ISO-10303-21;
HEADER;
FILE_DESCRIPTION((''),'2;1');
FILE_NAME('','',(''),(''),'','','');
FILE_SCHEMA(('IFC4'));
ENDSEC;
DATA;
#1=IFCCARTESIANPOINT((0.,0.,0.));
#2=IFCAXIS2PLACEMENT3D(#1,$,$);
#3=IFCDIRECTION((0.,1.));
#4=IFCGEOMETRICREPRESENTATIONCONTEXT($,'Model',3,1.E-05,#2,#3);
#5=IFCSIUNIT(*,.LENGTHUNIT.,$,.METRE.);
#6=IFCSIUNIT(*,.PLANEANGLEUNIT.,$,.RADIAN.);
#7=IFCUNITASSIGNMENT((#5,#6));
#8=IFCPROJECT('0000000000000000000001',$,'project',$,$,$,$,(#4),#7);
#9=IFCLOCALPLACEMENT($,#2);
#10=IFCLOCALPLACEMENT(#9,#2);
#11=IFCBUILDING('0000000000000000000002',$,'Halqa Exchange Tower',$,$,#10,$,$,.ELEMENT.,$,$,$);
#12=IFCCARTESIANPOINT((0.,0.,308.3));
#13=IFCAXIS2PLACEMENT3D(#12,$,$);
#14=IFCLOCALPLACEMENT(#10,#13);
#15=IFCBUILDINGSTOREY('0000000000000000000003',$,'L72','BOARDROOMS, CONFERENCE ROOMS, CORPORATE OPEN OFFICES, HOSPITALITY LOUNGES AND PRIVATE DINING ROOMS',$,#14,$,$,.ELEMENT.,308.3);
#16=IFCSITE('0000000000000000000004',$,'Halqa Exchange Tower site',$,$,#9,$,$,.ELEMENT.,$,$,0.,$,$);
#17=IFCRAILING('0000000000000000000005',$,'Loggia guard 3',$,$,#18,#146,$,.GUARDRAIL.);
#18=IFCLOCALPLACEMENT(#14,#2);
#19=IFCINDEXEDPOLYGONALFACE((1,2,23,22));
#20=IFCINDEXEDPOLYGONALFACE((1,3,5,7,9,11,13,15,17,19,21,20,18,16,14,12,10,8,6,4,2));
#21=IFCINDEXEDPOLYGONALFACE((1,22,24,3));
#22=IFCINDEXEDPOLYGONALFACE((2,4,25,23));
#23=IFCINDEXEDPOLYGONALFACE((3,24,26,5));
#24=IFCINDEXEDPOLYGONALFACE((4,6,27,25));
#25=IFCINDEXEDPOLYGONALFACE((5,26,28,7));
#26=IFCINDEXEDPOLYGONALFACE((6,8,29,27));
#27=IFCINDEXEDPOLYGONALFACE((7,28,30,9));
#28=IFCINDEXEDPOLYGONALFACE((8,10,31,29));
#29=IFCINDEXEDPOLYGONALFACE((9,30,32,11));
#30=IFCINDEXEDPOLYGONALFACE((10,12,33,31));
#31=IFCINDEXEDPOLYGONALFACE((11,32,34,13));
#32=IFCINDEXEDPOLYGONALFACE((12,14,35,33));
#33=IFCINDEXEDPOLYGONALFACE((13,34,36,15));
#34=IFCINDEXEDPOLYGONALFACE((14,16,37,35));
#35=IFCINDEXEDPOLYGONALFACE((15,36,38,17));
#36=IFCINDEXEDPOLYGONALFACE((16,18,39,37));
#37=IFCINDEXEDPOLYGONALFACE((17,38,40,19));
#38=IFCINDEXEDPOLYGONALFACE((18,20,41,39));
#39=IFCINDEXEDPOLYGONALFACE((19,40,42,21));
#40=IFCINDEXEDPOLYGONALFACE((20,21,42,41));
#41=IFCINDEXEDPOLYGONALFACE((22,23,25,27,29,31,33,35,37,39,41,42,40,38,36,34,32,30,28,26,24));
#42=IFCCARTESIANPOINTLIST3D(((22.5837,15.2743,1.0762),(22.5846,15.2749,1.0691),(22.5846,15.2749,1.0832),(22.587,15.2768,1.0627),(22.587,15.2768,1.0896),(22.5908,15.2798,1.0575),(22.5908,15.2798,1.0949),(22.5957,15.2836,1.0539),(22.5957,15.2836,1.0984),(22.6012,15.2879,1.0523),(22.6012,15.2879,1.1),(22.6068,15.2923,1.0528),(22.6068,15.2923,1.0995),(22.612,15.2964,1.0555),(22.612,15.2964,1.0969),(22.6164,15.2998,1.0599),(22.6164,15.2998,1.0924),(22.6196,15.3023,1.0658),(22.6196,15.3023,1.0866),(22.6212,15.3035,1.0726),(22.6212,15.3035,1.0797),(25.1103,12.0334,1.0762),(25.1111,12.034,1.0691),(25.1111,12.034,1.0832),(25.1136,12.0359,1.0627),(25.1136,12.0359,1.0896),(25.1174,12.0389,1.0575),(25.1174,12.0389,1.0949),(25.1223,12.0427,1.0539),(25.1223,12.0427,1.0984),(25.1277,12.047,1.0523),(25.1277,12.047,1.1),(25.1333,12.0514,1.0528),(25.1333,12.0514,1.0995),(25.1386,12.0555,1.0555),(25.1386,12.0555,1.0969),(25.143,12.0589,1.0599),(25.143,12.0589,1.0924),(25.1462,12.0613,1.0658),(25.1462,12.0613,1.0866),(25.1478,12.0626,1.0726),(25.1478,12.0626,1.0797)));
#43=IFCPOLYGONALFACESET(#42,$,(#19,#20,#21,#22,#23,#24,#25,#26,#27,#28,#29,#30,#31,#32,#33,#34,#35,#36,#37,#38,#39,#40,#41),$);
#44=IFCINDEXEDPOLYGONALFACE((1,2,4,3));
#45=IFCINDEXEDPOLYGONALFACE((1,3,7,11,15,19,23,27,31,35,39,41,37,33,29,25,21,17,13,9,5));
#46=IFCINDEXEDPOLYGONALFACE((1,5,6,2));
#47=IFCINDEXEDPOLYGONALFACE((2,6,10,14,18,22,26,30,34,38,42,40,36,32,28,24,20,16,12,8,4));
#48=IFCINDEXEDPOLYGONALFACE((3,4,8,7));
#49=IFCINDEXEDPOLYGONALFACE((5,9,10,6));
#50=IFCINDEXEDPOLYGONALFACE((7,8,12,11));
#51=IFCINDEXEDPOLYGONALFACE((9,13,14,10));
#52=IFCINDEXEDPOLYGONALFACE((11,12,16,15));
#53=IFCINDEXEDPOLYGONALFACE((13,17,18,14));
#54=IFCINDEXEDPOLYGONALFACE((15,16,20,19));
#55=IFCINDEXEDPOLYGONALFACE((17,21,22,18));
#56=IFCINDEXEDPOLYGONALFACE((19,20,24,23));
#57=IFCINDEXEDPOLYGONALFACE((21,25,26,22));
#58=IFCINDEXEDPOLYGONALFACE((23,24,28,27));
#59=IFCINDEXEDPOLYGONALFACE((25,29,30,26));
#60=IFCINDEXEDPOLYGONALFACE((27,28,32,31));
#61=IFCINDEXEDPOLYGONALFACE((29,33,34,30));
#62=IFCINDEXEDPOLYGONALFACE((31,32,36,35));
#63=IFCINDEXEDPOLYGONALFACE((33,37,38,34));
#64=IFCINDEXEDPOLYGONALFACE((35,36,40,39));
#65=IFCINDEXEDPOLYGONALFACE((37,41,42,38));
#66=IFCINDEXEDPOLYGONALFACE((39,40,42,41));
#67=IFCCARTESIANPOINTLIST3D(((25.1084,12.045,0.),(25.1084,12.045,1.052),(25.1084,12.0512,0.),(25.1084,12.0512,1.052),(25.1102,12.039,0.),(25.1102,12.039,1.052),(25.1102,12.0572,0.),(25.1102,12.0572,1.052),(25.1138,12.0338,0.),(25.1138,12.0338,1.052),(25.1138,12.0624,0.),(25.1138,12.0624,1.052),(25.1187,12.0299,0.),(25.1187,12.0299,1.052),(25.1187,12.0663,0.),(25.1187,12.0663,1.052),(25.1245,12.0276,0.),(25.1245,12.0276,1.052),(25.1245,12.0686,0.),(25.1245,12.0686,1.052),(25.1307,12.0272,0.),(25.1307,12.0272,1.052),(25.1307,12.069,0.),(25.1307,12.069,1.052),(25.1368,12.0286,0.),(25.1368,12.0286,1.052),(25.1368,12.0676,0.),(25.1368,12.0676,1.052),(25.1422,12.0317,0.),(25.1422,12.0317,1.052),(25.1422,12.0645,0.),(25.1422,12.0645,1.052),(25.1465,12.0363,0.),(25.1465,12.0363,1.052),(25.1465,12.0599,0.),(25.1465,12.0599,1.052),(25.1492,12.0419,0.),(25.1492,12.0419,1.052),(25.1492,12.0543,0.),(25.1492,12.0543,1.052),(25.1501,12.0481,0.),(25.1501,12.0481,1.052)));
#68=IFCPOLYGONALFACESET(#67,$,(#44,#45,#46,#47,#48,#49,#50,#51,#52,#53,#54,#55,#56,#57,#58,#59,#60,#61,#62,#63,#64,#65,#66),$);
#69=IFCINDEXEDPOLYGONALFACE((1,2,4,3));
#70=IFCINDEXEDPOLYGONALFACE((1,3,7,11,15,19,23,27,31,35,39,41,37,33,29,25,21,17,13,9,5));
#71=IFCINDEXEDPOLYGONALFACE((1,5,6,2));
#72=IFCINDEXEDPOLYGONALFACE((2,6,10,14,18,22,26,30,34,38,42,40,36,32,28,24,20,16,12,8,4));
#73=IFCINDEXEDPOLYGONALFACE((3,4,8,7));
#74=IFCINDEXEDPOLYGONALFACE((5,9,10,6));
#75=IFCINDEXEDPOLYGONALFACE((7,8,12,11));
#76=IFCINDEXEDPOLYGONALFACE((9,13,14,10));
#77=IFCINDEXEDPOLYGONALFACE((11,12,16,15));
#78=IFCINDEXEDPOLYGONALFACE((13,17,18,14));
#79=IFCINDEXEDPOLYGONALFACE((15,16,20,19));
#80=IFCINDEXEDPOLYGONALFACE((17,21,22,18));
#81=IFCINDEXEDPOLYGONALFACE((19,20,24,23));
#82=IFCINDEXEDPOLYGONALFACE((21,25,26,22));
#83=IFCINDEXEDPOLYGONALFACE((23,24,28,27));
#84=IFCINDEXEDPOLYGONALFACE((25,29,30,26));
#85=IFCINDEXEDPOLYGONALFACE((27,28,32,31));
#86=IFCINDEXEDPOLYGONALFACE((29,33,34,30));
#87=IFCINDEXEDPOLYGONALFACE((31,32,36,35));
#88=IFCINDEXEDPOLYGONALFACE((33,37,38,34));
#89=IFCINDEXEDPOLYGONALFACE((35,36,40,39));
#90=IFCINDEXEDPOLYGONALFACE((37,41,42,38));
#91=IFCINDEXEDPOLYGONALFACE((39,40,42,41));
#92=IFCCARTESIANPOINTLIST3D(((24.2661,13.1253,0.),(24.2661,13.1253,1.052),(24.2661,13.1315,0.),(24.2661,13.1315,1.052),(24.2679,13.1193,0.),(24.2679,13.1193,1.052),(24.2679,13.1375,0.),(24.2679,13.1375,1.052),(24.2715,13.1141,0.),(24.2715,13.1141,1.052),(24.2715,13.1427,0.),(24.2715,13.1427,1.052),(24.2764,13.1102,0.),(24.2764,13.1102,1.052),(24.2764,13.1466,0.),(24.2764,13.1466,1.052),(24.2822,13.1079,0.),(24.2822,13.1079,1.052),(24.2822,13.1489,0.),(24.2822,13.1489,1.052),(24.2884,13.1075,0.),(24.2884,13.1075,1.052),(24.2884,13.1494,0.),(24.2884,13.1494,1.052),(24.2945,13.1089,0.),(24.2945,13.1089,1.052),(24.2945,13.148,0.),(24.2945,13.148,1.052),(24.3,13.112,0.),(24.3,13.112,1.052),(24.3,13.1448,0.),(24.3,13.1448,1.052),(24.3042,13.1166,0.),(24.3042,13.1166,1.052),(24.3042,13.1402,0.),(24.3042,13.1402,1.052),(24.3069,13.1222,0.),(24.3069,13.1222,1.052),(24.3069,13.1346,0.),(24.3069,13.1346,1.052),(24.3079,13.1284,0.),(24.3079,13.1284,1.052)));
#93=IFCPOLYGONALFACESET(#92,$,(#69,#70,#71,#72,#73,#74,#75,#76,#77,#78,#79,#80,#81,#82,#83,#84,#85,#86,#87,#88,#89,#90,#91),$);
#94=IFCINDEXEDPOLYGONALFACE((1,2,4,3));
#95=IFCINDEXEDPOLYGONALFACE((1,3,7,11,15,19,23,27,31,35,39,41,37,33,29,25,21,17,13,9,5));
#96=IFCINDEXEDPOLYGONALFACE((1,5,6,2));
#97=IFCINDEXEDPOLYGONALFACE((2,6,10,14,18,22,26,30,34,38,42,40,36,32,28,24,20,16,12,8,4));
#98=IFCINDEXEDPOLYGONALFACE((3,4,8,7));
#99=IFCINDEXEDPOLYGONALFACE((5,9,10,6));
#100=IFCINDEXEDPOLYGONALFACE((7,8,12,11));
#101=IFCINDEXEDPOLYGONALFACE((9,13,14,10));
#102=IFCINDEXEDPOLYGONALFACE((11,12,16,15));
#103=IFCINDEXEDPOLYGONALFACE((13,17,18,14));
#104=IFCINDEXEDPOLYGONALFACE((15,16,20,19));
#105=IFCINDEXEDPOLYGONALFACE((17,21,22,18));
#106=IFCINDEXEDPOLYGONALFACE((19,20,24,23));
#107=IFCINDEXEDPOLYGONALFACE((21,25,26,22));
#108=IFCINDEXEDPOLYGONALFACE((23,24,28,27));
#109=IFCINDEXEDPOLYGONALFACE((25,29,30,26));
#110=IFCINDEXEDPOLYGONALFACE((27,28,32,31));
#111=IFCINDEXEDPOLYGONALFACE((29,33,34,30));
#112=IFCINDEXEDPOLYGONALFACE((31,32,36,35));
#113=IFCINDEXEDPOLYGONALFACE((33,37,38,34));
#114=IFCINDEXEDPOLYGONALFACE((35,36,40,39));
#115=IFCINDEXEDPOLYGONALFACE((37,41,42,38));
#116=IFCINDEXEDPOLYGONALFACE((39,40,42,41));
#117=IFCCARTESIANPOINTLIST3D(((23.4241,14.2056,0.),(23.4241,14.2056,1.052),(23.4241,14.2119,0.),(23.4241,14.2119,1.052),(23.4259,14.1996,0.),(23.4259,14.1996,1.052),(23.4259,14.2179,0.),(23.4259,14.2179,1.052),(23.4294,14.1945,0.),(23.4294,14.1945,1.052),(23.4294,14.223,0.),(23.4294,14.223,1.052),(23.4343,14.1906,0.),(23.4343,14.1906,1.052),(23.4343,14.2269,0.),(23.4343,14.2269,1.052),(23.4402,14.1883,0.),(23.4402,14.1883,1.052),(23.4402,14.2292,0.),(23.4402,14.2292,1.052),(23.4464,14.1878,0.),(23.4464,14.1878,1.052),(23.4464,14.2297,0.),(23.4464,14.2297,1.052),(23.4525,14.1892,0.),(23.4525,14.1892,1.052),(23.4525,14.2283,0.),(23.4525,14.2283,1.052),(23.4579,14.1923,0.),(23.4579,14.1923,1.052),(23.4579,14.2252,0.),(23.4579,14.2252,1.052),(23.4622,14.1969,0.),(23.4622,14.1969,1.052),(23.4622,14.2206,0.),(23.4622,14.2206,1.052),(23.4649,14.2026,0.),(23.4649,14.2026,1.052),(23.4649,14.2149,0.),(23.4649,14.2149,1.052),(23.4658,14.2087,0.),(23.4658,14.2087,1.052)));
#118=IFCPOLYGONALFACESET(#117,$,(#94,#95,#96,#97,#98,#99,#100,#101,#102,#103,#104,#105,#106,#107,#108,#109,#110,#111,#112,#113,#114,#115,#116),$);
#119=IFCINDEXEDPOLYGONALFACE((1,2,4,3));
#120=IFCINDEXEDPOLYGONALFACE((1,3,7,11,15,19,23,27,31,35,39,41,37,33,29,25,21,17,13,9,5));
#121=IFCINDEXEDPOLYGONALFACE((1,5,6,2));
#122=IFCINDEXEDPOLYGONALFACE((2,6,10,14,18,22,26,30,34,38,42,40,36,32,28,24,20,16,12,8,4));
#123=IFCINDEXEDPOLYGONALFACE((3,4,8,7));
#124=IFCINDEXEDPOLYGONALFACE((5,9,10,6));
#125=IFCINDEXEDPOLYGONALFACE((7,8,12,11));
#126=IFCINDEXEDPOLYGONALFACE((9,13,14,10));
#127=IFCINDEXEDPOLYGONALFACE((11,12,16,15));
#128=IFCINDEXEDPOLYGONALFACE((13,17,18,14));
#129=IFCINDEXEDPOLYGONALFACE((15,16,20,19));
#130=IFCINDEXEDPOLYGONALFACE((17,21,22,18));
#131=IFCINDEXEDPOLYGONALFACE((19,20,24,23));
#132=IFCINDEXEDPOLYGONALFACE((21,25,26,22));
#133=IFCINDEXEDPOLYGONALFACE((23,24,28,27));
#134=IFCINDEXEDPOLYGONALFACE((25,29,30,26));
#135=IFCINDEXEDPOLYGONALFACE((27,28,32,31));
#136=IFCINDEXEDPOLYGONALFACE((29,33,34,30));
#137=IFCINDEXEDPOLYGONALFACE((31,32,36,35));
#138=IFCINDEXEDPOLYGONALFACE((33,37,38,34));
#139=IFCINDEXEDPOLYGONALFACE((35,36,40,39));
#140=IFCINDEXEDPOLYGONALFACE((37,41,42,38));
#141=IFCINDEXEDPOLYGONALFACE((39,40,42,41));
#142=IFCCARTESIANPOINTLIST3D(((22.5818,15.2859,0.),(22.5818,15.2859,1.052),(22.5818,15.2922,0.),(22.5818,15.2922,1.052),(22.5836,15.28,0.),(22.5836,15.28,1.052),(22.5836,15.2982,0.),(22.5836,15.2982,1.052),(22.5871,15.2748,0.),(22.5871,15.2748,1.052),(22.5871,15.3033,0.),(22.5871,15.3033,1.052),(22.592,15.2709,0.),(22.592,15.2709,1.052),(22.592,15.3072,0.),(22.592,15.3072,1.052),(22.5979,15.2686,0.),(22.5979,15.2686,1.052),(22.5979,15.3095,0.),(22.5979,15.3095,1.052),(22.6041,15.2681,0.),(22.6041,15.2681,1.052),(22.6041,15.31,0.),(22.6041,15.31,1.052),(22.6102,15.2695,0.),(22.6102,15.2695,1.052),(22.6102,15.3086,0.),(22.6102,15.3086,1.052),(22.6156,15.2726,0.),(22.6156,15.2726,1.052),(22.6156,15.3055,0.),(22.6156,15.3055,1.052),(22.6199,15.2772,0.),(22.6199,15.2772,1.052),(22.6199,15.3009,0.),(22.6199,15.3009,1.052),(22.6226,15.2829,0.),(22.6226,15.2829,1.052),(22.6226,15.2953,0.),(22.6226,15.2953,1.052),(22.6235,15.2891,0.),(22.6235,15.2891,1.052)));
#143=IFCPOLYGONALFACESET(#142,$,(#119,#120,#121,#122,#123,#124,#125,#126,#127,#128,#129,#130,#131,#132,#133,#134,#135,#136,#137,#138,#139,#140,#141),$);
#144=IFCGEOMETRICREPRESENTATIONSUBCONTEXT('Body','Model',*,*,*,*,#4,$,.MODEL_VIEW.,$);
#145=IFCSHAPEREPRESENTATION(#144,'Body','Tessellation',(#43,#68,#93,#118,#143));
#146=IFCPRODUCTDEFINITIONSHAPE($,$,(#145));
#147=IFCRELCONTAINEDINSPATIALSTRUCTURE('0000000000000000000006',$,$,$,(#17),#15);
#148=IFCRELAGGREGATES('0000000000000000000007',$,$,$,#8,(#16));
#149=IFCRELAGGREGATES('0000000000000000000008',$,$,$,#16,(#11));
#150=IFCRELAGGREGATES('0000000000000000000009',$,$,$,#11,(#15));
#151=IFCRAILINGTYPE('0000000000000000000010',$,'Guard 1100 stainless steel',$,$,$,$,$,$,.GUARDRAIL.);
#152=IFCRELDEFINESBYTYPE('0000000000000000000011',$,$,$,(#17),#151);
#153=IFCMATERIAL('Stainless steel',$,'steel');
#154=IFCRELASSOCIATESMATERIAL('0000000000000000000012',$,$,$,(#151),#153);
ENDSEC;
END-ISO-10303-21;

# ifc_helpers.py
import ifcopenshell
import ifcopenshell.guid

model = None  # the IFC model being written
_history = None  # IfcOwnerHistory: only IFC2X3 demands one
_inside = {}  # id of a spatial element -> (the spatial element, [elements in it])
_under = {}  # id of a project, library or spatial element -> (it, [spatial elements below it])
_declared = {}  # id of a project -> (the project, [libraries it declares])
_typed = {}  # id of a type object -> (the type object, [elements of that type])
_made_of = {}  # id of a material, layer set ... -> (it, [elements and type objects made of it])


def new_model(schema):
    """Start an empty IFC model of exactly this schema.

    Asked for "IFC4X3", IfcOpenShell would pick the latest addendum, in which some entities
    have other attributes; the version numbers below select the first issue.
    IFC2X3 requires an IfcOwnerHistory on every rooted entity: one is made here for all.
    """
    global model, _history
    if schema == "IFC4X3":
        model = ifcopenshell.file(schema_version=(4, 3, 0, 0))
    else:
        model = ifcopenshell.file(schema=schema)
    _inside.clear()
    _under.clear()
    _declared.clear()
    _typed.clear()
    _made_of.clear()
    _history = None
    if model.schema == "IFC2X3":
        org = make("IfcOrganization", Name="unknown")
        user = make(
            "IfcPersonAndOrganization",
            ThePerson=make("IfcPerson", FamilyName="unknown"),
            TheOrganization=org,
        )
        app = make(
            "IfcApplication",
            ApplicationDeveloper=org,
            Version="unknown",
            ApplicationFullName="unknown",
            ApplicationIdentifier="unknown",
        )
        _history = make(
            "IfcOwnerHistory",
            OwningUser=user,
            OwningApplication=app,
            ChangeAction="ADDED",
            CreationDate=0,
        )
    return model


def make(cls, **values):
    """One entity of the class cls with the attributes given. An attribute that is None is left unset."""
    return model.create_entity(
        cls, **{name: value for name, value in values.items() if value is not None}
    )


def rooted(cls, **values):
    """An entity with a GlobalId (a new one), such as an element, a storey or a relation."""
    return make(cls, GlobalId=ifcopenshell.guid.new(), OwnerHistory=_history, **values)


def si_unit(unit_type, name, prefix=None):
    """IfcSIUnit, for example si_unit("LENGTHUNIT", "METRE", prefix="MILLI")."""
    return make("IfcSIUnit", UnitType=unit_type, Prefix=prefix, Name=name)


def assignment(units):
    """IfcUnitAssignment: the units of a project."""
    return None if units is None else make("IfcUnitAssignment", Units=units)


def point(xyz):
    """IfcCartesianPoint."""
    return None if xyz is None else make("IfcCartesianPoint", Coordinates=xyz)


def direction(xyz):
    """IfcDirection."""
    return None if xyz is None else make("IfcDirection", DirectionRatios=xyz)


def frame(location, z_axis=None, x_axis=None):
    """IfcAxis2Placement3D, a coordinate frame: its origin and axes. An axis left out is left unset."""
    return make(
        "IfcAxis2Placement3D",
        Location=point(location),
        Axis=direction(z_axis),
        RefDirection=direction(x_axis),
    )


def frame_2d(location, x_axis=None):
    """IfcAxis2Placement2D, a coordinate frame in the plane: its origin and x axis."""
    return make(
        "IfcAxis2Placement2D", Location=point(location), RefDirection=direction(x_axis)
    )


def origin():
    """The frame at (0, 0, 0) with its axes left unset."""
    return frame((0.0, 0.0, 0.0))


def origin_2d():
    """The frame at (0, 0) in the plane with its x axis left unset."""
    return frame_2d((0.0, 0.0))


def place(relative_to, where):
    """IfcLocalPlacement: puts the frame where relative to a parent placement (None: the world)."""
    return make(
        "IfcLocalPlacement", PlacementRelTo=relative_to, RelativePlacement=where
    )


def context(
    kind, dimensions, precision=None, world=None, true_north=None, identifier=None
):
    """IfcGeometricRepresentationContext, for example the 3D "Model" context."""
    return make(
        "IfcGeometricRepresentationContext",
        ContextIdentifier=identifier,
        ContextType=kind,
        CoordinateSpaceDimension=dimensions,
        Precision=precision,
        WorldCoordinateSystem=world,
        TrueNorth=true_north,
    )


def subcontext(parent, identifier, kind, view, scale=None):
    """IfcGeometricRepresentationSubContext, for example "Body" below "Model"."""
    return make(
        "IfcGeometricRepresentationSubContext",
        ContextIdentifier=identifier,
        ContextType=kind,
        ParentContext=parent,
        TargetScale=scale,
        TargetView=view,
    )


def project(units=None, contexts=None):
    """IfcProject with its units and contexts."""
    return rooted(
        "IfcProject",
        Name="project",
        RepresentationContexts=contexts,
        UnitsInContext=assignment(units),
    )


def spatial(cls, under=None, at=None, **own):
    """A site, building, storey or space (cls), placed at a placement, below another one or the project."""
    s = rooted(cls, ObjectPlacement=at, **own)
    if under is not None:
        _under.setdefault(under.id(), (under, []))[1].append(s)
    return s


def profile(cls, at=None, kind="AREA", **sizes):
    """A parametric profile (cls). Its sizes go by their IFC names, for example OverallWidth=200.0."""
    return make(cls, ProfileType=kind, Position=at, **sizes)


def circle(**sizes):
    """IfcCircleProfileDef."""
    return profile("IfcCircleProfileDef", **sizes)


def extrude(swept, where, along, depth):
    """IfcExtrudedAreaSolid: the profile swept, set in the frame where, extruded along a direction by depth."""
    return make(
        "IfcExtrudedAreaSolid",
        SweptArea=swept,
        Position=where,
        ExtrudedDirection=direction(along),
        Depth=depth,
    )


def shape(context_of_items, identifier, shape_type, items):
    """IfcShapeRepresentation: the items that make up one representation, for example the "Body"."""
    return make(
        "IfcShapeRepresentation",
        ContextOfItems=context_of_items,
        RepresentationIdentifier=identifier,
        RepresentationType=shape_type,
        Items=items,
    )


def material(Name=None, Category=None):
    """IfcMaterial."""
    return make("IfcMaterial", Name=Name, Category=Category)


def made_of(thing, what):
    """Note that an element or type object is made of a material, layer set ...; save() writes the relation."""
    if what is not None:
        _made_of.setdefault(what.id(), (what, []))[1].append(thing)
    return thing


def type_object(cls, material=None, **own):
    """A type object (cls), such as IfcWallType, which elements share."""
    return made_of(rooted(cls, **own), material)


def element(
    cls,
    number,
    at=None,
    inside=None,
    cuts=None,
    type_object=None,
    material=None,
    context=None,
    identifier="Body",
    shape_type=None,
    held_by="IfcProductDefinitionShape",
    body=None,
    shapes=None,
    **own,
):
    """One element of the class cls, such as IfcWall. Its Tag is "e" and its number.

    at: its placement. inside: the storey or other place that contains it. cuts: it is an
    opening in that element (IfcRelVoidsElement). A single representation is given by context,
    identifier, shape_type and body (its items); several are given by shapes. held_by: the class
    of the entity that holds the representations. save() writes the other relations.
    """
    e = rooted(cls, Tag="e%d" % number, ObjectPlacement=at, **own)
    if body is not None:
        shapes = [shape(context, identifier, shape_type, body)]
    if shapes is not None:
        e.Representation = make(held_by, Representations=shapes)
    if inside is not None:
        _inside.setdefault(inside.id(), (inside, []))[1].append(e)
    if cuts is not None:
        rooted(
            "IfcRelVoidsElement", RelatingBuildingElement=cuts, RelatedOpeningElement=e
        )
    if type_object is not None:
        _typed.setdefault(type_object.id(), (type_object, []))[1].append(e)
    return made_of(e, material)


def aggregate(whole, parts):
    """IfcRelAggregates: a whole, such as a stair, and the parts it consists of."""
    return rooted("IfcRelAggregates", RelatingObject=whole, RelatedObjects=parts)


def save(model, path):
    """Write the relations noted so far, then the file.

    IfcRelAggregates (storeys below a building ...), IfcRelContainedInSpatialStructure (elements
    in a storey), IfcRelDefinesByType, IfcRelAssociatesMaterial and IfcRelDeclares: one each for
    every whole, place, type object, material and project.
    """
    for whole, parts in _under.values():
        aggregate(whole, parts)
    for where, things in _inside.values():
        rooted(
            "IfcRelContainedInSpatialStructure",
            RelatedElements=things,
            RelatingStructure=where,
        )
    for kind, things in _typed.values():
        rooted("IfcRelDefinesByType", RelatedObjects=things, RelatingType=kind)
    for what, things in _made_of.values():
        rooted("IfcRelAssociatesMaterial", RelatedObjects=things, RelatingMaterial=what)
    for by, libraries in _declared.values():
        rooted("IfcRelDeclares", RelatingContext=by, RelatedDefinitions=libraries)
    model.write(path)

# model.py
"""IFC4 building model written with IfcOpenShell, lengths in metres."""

from ifc_helpers import new_model, si_unit, direction, frame, origin, origin_2d, place, context, subcontext, project, spatial, circle, extrude, material, type_object, element, save


model = new_model("IFC4")

# Units and contexts
model_context = context("Model", 3, precision=1e-05, world=origin(), true_north=direction((0.0, 1.0)))
body_context = subcontext(model_context, "Body", "Model", "MODEL_VIEW")
ifc_project = project(units=[si_unit("LENGTHUNIT", "METRE"), si_unit("PLANEANGLEUNIT", "RADIAN")], contexts=[model_context])

# Site, building, storey
site_placement = place(None, origin())
site = spatial("IfcSite", under=ifc_project, at=site_placement, Name="Halqa Exchange Tower site", CompositionType="ELEMENT", RefElevation=0.0)
building_placement = place(site_placement, origin())
building = spatial("IfcBuilding", under=site, at=building_placement, Name="Halqa Exchange Tower", CompositionType="ELEMENT")
storey_placement = place(building_placement, frame((0.0, 0.0, 308.3)))
storey = spatial("IfcBuildingStorey", under=building, at=storey_placement, Name="L72", Description="BOARDROOMS, CONFERENCE ROOMS, CORPORATE OPEN OFFICES, HOSPITALITY LOUNGES AND PRIVATE DINING ROOMS", CompositionType="ELEMENT", Elevation=308.3)

# Railing
ifc_material_1 = material(Name="Stainless steel", Category="steel")
railing_type = type_object("IfcRailingType", Name="Guard 1100 stainless steel", PredefinedType="GUARDRAIL", material=ifc_material_1)
railing_1_placement = place(storey_placement, frame((25.1292, 12.0481, 0.0)))
element("IfcRailing", 1, at=railing_1_placement, inside=storey, type_object=railing_type, Name="Loggia guard 3", PredefinedType="GUARDRAIL", context=body_context, shape_type="SweptSolid", body=[
    extrude(circle(Radius=0.0239, at=origin_2d()), frame((0.0, 0.0, 1.0762), z_axis=(-0.614829, 0.788661, 0.0), x_axis=(-0.788661, -0.614829, 0.0)), (0.0, 0.0, 1.0), 4.1094),
    extrude(circle(Radius=0.021, at=origin_2d()), origin(), (0.0, 0.0, 1.0), 1.052),
    extrude(circle(Radius=0.021, at=origin_2d()), frame((-0.8423, 1.0803, 0.0)), (0.0, 0.0, 1.0), 1.052),
    extrude(circle(Radius=0.021, at=origin_2d()), frame((-1.6843, 2.1606, 0.0)), (0.0, 0.0, 1.0), 1.052),
    extrude(circle(Radius=0.021, at=origin_2d()), frame((-2.5266, 3.241, 0.0)), (0.0, 0.0, 1.0), 1.052),
])

save(model, "model.ifc")
